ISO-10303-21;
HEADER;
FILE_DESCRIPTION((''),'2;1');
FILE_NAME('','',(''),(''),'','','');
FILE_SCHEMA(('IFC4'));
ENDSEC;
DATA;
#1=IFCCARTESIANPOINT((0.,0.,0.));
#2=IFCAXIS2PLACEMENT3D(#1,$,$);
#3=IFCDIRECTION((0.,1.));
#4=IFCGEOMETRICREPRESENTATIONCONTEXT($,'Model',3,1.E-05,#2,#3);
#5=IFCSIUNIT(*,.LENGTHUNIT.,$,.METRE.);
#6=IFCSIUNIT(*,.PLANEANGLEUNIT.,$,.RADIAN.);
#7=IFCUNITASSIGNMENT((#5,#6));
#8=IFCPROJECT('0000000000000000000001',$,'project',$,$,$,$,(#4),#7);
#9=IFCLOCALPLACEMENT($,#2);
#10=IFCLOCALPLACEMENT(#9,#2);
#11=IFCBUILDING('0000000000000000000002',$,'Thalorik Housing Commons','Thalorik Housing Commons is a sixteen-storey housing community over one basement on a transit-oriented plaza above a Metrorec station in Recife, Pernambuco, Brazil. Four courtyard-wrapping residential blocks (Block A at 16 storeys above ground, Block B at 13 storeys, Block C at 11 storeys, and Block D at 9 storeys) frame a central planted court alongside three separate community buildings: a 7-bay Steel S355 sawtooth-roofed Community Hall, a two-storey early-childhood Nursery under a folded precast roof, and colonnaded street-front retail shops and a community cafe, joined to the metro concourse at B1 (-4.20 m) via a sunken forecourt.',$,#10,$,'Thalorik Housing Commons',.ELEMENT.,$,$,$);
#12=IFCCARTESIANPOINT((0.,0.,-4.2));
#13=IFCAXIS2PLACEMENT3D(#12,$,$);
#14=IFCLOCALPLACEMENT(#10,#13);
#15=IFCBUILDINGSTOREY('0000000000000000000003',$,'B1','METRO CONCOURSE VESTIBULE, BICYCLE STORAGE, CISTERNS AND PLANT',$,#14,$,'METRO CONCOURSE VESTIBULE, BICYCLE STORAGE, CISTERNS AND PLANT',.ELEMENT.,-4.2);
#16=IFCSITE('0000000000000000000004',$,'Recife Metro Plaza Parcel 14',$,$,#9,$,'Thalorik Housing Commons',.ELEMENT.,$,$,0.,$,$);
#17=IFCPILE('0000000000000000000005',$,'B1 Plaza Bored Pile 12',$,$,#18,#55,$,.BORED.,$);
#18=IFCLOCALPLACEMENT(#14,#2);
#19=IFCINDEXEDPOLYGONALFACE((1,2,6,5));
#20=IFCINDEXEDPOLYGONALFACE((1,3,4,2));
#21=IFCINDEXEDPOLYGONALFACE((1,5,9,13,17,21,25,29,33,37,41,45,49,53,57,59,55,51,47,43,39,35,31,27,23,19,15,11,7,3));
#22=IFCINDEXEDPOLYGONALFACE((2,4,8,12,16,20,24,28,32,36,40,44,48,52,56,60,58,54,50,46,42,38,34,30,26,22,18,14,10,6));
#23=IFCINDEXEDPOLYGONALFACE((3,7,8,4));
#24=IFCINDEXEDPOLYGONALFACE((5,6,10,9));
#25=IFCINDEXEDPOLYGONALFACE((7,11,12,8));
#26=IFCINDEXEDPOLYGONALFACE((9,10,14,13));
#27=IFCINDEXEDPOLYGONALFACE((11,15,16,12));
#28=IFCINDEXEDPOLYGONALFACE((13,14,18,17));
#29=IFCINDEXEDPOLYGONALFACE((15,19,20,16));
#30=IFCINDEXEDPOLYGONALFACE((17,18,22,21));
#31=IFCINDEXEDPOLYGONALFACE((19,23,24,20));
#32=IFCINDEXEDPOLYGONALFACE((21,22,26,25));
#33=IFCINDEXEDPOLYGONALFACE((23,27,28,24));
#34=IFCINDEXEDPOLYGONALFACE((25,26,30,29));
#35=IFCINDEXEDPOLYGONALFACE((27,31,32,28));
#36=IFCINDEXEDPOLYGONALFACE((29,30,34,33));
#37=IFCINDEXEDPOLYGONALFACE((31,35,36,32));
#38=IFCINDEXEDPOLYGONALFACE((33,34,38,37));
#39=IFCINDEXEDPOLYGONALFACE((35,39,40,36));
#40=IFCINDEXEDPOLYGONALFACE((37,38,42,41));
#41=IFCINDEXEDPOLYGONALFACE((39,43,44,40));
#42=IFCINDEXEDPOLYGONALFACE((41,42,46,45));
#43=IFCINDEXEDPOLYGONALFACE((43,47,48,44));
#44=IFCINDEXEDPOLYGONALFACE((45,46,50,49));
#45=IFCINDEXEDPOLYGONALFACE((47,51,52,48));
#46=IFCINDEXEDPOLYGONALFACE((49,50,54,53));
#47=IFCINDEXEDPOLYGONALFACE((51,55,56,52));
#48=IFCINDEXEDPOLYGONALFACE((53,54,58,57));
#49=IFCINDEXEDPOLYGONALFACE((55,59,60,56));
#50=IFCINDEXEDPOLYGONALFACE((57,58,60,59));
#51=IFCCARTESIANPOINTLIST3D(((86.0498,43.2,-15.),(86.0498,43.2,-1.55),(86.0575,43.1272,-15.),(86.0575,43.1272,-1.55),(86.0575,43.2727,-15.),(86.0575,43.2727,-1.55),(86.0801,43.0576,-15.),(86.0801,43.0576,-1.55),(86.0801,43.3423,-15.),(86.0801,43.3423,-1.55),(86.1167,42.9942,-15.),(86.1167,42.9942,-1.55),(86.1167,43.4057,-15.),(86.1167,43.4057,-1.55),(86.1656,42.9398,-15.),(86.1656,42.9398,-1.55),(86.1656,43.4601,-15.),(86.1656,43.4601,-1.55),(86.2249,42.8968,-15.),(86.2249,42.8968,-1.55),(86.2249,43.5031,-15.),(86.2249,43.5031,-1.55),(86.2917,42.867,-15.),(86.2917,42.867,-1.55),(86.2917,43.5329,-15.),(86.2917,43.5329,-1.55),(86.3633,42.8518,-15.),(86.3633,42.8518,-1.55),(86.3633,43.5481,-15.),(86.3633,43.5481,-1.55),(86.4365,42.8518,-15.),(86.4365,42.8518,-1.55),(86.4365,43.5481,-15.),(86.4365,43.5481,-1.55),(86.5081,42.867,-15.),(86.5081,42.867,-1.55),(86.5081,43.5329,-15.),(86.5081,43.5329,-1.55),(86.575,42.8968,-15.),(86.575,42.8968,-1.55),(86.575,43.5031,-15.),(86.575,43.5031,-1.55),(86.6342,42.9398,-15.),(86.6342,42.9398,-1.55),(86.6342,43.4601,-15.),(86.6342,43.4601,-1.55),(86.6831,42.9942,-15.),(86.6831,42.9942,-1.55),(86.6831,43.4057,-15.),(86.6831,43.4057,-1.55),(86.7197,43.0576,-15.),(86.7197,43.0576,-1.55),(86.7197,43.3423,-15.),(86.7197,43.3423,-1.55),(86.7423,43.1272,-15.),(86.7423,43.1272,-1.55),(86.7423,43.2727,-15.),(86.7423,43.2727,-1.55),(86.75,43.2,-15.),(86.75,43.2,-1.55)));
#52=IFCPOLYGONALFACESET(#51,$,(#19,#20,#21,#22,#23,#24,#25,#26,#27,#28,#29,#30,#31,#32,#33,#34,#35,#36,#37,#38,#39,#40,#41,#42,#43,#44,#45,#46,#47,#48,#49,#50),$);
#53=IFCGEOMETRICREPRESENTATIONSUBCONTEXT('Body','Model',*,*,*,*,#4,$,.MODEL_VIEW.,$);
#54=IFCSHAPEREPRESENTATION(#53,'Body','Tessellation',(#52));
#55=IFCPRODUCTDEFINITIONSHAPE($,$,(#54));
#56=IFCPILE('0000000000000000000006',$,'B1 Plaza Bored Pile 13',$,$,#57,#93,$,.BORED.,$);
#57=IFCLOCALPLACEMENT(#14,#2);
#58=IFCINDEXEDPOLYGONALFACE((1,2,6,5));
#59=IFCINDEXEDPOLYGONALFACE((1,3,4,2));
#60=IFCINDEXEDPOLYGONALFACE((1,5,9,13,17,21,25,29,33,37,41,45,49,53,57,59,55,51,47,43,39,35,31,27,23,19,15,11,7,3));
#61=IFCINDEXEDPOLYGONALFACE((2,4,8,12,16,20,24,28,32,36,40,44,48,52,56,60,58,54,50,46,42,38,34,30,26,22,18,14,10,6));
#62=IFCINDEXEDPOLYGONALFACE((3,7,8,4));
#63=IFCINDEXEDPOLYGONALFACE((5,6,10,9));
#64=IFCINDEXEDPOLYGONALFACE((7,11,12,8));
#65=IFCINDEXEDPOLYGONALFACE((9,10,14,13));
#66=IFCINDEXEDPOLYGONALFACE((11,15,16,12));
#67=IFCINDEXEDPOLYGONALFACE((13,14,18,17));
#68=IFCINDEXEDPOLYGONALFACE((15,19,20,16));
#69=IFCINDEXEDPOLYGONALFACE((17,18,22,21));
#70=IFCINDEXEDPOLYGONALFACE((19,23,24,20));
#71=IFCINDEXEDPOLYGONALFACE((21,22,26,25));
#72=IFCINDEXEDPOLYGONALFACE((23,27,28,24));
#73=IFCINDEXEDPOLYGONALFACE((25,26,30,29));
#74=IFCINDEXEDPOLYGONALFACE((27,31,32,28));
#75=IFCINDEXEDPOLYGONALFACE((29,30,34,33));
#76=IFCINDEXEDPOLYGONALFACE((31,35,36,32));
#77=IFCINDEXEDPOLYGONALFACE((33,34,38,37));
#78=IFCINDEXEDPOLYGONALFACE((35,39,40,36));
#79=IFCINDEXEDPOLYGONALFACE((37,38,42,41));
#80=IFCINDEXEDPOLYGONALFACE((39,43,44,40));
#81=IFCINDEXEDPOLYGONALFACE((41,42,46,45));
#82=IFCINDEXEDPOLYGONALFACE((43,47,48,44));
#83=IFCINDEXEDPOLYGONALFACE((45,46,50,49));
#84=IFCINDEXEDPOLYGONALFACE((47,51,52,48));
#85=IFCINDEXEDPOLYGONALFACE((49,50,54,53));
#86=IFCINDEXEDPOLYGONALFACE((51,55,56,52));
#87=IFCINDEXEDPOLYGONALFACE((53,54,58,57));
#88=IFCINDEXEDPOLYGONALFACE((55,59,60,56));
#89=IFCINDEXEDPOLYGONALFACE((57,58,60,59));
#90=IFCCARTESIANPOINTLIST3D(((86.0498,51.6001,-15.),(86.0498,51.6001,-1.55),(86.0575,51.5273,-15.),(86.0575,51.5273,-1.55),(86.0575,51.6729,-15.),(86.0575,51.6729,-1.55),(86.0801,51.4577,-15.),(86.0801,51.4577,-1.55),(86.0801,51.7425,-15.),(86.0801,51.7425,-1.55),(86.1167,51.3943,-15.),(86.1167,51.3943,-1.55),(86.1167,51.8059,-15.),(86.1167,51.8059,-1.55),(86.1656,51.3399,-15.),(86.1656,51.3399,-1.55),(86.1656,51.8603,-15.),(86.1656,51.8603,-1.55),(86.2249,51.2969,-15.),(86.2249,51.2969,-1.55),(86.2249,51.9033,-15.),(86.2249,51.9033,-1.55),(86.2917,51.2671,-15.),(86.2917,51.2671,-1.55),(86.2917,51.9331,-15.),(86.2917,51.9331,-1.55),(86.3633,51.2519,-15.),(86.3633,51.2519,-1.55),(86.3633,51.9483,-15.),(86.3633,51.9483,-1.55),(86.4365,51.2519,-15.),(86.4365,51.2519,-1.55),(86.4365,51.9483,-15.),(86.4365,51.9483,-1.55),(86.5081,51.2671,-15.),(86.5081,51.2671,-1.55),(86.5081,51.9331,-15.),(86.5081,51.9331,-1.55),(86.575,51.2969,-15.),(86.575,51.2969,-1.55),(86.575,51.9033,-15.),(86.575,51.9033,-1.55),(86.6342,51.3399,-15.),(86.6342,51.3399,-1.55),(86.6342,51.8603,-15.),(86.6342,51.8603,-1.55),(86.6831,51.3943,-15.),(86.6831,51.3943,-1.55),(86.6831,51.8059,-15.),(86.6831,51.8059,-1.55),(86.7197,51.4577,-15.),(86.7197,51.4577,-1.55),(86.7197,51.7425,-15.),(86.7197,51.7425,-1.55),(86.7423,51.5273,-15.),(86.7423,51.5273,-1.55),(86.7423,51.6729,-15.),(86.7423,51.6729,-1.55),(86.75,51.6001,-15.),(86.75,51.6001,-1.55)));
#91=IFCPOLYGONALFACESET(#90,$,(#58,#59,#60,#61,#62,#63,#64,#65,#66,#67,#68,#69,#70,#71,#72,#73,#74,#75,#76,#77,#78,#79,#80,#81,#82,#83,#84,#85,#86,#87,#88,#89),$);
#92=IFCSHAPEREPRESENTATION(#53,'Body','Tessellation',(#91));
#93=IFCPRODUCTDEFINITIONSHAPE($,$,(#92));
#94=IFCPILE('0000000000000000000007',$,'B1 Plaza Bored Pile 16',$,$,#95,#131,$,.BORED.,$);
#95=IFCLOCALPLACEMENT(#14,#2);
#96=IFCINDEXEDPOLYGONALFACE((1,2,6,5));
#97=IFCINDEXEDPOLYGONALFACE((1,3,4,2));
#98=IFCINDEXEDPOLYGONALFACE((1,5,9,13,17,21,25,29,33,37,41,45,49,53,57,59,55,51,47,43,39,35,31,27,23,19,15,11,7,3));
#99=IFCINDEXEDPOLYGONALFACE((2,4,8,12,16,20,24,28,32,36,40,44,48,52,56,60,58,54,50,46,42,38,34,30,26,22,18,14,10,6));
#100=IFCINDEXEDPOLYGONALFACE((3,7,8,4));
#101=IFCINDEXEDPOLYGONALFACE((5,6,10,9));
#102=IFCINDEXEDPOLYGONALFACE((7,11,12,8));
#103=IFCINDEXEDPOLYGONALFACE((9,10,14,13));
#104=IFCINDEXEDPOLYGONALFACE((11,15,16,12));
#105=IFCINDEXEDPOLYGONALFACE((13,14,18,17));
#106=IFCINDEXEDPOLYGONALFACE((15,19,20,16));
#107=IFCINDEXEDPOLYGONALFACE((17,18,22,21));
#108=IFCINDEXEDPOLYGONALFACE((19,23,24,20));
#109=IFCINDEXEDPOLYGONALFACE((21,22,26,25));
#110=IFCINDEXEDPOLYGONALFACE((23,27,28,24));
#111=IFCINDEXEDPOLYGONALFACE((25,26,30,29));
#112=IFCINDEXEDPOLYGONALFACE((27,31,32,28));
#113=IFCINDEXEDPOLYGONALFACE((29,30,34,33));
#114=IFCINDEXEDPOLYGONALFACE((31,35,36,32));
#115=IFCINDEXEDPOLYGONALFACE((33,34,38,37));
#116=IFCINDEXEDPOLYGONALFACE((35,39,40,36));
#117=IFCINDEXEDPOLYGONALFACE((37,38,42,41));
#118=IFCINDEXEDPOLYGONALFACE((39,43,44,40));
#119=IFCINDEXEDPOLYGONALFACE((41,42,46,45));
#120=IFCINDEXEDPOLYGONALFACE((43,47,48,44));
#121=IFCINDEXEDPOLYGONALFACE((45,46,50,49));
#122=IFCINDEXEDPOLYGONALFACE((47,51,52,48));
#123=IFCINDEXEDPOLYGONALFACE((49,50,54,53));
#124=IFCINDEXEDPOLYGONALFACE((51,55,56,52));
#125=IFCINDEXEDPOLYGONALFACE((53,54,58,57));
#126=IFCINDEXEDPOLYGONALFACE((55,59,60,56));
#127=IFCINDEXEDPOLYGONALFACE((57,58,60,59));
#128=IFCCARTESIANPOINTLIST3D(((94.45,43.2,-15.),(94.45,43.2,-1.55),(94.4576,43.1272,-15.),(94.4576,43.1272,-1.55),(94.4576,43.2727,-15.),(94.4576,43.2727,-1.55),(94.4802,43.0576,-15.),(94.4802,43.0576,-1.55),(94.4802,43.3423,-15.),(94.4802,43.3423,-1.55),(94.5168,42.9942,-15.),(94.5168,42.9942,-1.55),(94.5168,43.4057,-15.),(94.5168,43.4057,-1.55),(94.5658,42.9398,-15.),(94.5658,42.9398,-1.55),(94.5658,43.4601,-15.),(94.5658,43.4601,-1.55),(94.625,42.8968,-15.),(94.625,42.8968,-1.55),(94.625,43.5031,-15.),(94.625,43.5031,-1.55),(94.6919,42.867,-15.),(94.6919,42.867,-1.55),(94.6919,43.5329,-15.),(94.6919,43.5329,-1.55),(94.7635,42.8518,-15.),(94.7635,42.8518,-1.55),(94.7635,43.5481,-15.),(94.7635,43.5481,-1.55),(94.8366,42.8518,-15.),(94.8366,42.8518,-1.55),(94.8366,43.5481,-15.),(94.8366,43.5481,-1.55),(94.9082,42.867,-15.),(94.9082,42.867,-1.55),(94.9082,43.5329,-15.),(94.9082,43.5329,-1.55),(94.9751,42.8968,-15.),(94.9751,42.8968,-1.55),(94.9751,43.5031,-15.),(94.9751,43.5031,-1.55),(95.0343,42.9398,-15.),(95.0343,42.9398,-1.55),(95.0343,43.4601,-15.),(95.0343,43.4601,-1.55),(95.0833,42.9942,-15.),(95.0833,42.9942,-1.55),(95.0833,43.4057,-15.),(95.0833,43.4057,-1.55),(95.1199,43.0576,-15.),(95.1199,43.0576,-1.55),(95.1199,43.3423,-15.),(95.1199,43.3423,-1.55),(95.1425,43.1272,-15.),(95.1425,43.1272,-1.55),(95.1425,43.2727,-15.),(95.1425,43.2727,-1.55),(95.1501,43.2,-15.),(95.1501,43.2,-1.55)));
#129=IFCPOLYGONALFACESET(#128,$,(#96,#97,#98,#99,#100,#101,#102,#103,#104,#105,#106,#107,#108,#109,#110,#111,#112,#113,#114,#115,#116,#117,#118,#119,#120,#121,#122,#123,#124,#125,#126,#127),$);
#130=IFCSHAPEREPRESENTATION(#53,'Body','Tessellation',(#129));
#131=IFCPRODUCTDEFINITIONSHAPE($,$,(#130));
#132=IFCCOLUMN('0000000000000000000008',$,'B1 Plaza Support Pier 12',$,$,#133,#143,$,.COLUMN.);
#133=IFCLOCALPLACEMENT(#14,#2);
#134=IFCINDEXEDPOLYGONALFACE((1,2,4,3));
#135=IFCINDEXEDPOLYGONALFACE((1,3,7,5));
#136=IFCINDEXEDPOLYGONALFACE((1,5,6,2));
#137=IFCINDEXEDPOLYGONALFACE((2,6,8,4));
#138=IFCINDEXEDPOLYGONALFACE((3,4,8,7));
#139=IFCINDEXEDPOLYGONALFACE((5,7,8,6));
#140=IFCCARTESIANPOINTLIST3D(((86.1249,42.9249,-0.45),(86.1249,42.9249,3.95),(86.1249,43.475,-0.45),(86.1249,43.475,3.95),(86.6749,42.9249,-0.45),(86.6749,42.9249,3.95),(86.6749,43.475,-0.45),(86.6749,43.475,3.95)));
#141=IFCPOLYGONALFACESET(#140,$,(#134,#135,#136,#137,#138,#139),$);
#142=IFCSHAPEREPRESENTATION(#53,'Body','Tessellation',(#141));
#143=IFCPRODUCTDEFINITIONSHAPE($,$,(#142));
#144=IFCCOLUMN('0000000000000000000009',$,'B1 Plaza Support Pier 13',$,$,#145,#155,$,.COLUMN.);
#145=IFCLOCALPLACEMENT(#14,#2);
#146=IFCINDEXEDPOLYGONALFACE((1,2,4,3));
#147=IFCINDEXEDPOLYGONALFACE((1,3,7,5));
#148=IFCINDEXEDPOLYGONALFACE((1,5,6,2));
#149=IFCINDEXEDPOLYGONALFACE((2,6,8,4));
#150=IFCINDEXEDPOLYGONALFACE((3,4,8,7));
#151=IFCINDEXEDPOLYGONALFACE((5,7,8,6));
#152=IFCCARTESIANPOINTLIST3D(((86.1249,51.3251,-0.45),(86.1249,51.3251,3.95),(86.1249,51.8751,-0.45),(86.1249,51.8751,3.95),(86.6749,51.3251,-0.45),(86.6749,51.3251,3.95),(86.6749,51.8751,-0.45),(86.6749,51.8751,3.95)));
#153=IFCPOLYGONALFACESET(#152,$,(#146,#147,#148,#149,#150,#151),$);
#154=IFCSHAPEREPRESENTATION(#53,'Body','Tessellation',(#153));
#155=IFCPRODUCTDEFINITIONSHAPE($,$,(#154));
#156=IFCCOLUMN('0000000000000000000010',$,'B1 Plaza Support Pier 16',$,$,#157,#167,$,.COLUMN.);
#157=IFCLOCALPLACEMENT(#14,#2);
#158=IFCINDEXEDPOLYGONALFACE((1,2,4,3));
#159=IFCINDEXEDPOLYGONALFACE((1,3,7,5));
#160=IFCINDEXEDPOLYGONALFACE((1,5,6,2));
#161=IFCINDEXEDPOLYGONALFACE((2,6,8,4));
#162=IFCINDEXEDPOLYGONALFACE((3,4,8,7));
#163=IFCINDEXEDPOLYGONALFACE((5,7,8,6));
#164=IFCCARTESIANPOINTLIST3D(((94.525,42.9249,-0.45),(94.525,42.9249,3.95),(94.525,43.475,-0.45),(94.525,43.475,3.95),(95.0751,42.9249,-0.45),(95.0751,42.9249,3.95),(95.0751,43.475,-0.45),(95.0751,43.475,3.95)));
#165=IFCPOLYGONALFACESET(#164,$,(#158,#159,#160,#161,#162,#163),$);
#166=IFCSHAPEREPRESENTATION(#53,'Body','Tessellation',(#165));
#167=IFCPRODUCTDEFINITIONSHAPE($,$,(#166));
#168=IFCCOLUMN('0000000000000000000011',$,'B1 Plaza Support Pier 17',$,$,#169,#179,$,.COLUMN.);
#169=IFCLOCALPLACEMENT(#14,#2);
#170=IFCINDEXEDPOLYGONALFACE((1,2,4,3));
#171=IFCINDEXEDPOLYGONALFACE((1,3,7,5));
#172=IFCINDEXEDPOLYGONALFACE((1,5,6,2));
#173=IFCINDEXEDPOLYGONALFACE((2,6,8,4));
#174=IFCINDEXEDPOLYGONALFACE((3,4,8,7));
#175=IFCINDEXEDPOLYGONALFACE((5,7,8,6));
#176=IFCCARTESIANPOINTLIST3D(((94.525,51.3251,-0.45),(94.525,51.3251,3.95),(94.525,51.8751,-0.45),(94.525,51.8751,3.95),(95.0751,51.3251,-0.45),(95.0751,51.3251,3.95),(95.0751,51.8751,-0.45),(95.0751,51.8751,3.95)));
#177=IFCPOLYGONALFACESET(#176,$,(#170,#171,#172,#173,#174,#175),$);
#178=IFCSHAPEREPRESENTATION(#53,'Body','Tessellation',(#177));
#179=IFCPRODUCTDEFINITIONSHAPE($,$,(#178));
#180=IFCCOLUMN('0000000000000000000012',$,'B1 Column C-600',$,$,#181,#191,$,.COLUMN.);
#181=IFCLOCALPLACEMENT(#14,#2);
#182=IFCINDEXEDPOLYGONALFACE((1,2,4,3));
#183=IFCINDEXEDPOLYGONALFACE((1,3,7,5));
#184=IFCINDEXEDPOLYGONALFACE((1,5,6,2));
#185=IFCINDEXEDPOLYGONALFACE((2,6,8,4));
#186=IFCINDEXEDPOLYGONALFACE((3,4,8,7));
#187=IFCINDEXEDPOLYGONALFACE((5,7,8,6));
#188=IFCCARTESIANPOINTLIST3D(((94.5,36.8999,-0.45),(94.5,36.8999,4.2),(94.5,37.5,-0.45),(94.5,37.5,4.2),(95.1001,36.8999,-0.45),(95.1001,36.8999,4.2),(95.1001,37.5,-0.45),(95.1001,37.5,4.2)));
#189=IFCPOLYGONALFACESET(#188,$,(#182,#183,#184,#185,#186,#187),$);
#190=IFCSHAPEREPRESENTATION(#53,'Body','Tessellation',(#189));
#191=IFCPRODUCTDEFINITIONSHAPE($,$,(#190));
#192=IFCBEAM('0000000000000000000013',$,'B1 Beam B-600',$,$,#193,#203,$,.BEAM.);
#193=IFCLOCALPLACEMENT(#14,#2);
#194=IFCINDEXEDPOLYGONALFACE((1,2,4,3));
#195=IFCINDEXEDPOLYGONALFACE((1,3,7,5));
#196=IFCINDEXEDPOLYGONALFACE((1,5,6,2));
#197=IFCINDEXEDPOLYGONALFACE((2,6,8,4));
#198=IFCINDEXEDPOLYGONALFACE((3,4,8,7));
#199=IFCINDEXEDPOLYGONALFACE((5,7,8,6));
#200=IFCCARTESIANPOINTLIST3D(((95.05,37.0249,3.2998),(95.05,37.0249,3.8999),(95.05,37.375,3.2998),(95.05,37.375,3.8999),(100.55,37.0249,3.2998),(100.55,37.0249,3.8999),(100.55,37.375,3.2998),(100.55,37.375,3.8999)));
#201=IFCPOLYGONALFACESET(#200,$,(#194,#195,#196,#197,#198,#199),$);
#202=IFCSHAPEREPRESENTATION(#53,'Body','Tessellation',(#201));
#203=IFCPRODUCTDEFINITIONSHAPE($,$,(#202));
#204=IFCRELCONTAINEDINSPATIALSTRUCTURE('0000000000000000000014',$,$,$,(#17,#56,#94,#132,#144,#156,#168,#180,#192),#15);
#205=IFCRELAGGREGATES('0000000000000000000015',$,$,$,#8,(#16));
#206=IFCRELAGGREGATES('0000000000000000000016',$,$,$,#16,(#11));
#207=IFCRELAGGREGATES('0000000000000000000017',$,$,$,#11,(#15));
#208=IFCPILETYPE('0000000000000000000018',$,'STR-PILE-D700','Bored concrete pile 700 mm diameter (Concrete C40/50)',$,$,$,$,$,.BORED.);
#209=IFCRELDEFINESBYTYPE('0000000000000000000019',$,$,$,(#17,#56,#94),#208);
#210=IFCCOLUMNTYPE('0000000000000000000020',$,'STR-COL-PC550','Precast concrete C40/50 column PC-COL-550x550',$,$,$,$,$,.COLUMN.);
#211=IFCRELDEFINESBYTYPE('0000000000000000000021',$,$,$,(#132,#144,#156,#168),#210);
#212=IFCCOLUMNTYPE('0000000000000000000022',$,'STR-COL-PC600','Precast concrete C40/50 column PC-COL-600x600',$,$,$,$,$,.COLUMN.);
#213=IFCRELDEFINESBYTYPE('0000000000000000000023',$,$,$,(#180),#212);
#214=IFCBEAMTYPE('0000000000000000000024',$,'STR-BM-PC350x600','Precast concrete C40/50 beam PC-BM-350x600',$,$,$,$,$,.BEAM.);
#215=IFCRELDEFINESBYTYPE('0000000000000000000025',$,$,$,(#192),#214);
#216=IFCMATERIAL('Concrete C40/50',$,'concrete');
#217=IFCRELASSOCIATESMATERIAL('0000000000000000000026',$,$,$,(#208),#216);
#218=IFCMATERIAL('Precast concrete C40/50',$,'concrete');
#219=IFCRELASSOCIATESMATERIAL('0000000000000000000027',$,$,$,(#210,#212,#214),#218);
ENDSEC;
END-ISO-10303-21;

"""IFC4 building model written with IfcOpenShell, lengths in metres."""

from ifc_helpers import new_model, si_unit, direction, frame, origin, origin_2d, place, context, subcontext, project, spatial, rectangle, circle, extrude, material, material_profile, profile_set, type_object, element, save


model = new_model("IFC4")

# Units and contexts
model_context = context("Model", 3, precision=1e-05, world=origin(), true_north=direction((0.0, 1.0)))
body_context = subcontext(model_context, "Body", "Model", "MODEL_VIEW")
ifc_project = project(units=[si_unit("LENGTHUNIT", "METRE"), si_unit("PLANEANGLEUNIT", "RADIAN")], contexts=[model_context])

# Site, building, storey
site_placement = place(None, origin())
site = spatial("IfcSite", under=ifc_project, at=site_placement, Name="Recife Metro Plaza Parcel 14", LongName="Thalorik Housing Commons", CompositionType="ELEMENT", RefElevation=0.0)
building_placement = place(site_placement, origin())
building = spatial("IfcBuilding", under=site, at=building_placement, Name="Thalorik Housing Commons", Description="Thalorik Housing Commons is a sixteen-storey housing community over one basement on a transit-oriented plaza above a Metrorec station in Recife, Pernambuco, Brazil. Four courtyard-wrapping residential blocks (Block A at 16 storeys above ground, Block B at 13 storeys, Block C at 11 storeys, and Block D at 9 storeys) frame a central planted court alongside three separate community buildings: a 7-bay Steel S355 sawtooth-roofed Community Hall, a two-storey early-childhood Nursery under a folded precast roof, and colonnaded street-front retail shops and a community cafe, joined to the metro concourse at B1 (-4.20 m) via a sunken forecourt.", LongName="Thalorik Housing Commons", CompositionType="ELEMENT")
storey_placement = place(building_placement, frame((0.0, 0.0, -4.2)))
storey = spatial("IfcBuildingStorey", under=building, at=storey_placement, Name="B1", Description="METRO CONCOURSE VESTIBULE, BICYCLE STORAGE, CISTERNS AND PLANT", LongName="METRO CONCOURSE VESTIBULE, BICYCLE STORAGE, CISTERNS AND PLANT", CompositionType="ELEMENT", Elevation=-4.2)

# Shared definitions
ifc_material_1 = material(Name="Concrete C40/50", Category="concrete")

# Piles
ifc_material_profile_1 = material_profile(ifc_material_1, circle(Radius=0.3501, at=origin_2d()), Name="BORED PILE D700", Category="concrete")
ifc_profile_set_1 = profile_set([ifc_material_profile_1], Name="Concrete C40/50")
pile_type_1 = type_object("IfcPileType", Name="STR-PILE-D700", Description="Bored concrete pile 700 mm diameter (Concrete C40/50)", PredefinedType="BORED", material=ifc_profile_set_1)
for number, where, z_axis, x_axis, name in (
    (1, (86.3999, 43.2, -1.55), (0.0, 0.0, -1.0), (1.0, 0.0, 0.0), "B1 Plaza Bored Pile 12"),
    (2, (86.3999, 51.6001, -1.55), (0.0, 0.0, -1.0), (1.0, 0.0, 0.0), "B1 Plaza Bored Pile 13"),
    (3, (94.8, 43.2, -1.55), (0.0, 0.0, -1.0), (1.0, 0.0, 0.0), "B1 Plaza Bored Pile 16"),
):
    element("IfcPile", number, at=place(storey_placement, frame(where, z_axis=z_axis, x_axis=x_axis)), inside=storey, type_object=pile_type_1, Name=name, PredefinedType="BORED", context=body_context, shape_type="SweptSolid", body=[
        extrude(circle(Radius=0.3501, at=origin_2d()), origin(), (0.0, 0.0, 1.0), 13.45),
    ])

# Columns
ifc_material_2 = material(Name="Precast concrete C40/50", Category="concrete")
ifc_material_profile_2 = material_profile(ifc_material_2, rectangle(XDim=0.55, YDim=0.55, at=origin_2d()), Name="PC 550x550", Category="concrete")
ifc_profile_set_2 = profile_set([ifc_material_profile_2], Name="Precast concrete C40/50")
column_type_1 = type_object("IfcColumnType", Name="STR-COL-PC550", Description="Precast concrete C40/50 column PC-COL-550x550", PredefinedType="COLUMN", material=ifc_profile_set_2)
for number, where, z_axis, x_axis, name in (
    (4, (86.3999, 43.2, -0.45), (0.0, 0.0, 1.0), (1.0, 0.0, 0.0), "B1 Plaza Support Pier 12"),
    (5, (86.3999, 51.6001, -0.45), (0.0, 0.0, 1.0), (1.0, 0.0, 0.0), "B1 Plaza Support Pier 13"),
    (6, (94.8, 43.2, -0.45), (0.0, 0.0, 1.0), (1.0, 0.0, 0.0), "B1 Plaza Support Pier 16"),
    (7, (94.8, 51.6001, -0.45), (0.0, 0.0, 1.0), (1.0, 0.0, 0.0), "B1 Plaza Support Pier 17"),
):
    element("IfcColumn", number, at=place(storey_placement, frame(where, z_axis=z_axis, x_axis=x_axis)), inside=storey, type_object=column_type_1, Name=name, PredefinedType="COLUMN", context=body_context, shape_type="SweptSolid", body=[
        extrude(rectangle(XDim=0.55, YDim=0.55, at=origin_2d()), origin(), (0.0, 0.0, 1.0), 4.3999),
    ])
ifc_material_profile_3 = material_profile(ifc_material_2, rectangle(XDim=0.6001, YDim=0.6001, at=origin_2d()), Name="PC 600x600", Category="concrete")
ifc_profile_set_3 = profile_set([ifc_material_profile_3], Name="Precast concrete C40/50")
column_type_2 = type_object("IfcColumnType", Name="STR-COL-PC600", Description="Precast concrete C40/50 column PC-COL-600x600", PredefinedType="COLUMN", material=ifc_profile_set_3)
column_placement = place(storey_placement, frame((94.8, 37.2, -0.45), z_axis=(0.0, 0.0, 1.0), x_axis=(1.0, 0.0, 0.0)))
element("IfcColumn", 8, at=column_placement, inside=storey, type_object=column_type_2, Name="B1 Column C-600", PredefinedType="COLUMN", context=body_context, shape_type="SweptSolid", body=[
    extrude(rectangle(XDim=0.6001, YDim=0.6001, at=origin_2d()), origin(), (0.0, 0.0, 1.0), 4.6499),
])

# Beam
ifc_material_profile_4 = material_profile(ifc_material_2, rectangle(XDim=0.3501, YDim=0.6001, at=origin_2d()), Name="PC 350x600", Category="concrete")
ifc_profile_set_4 = profile_set([ifc_material_profile_4], Name="Precast concrete C40/50")
beam_type_1 = type_object("IfcBeamType", Name="STR-BM-PC350x600", Description="Precast concrete C40/50 beam PC-BM-350x600", PredefinedType="BEAM", material=ifc_profile_set_4)
beam_1_placement = place(storey_placement, frame((95.05, 37.2, 3.5999), z_axis=(1.0, 0.0, 0.0), x_axis=(0.0, 1.0, 0.0)))
element("IfcBeam", 9, at=beam_1_placement, inside=storey, type_object=beam_type_1, Name="B1 Beam B-600", PredefinedType="BEAM", context=body_context, shape_type="SweptSolid", body=[
    extrude(rectangle(XDim=0.3501, YDim=0.6001, at=origin_2d()), origin(), (0.0, 0.0, 1.0), 5.5),
])

save(model, "model.ifc")
